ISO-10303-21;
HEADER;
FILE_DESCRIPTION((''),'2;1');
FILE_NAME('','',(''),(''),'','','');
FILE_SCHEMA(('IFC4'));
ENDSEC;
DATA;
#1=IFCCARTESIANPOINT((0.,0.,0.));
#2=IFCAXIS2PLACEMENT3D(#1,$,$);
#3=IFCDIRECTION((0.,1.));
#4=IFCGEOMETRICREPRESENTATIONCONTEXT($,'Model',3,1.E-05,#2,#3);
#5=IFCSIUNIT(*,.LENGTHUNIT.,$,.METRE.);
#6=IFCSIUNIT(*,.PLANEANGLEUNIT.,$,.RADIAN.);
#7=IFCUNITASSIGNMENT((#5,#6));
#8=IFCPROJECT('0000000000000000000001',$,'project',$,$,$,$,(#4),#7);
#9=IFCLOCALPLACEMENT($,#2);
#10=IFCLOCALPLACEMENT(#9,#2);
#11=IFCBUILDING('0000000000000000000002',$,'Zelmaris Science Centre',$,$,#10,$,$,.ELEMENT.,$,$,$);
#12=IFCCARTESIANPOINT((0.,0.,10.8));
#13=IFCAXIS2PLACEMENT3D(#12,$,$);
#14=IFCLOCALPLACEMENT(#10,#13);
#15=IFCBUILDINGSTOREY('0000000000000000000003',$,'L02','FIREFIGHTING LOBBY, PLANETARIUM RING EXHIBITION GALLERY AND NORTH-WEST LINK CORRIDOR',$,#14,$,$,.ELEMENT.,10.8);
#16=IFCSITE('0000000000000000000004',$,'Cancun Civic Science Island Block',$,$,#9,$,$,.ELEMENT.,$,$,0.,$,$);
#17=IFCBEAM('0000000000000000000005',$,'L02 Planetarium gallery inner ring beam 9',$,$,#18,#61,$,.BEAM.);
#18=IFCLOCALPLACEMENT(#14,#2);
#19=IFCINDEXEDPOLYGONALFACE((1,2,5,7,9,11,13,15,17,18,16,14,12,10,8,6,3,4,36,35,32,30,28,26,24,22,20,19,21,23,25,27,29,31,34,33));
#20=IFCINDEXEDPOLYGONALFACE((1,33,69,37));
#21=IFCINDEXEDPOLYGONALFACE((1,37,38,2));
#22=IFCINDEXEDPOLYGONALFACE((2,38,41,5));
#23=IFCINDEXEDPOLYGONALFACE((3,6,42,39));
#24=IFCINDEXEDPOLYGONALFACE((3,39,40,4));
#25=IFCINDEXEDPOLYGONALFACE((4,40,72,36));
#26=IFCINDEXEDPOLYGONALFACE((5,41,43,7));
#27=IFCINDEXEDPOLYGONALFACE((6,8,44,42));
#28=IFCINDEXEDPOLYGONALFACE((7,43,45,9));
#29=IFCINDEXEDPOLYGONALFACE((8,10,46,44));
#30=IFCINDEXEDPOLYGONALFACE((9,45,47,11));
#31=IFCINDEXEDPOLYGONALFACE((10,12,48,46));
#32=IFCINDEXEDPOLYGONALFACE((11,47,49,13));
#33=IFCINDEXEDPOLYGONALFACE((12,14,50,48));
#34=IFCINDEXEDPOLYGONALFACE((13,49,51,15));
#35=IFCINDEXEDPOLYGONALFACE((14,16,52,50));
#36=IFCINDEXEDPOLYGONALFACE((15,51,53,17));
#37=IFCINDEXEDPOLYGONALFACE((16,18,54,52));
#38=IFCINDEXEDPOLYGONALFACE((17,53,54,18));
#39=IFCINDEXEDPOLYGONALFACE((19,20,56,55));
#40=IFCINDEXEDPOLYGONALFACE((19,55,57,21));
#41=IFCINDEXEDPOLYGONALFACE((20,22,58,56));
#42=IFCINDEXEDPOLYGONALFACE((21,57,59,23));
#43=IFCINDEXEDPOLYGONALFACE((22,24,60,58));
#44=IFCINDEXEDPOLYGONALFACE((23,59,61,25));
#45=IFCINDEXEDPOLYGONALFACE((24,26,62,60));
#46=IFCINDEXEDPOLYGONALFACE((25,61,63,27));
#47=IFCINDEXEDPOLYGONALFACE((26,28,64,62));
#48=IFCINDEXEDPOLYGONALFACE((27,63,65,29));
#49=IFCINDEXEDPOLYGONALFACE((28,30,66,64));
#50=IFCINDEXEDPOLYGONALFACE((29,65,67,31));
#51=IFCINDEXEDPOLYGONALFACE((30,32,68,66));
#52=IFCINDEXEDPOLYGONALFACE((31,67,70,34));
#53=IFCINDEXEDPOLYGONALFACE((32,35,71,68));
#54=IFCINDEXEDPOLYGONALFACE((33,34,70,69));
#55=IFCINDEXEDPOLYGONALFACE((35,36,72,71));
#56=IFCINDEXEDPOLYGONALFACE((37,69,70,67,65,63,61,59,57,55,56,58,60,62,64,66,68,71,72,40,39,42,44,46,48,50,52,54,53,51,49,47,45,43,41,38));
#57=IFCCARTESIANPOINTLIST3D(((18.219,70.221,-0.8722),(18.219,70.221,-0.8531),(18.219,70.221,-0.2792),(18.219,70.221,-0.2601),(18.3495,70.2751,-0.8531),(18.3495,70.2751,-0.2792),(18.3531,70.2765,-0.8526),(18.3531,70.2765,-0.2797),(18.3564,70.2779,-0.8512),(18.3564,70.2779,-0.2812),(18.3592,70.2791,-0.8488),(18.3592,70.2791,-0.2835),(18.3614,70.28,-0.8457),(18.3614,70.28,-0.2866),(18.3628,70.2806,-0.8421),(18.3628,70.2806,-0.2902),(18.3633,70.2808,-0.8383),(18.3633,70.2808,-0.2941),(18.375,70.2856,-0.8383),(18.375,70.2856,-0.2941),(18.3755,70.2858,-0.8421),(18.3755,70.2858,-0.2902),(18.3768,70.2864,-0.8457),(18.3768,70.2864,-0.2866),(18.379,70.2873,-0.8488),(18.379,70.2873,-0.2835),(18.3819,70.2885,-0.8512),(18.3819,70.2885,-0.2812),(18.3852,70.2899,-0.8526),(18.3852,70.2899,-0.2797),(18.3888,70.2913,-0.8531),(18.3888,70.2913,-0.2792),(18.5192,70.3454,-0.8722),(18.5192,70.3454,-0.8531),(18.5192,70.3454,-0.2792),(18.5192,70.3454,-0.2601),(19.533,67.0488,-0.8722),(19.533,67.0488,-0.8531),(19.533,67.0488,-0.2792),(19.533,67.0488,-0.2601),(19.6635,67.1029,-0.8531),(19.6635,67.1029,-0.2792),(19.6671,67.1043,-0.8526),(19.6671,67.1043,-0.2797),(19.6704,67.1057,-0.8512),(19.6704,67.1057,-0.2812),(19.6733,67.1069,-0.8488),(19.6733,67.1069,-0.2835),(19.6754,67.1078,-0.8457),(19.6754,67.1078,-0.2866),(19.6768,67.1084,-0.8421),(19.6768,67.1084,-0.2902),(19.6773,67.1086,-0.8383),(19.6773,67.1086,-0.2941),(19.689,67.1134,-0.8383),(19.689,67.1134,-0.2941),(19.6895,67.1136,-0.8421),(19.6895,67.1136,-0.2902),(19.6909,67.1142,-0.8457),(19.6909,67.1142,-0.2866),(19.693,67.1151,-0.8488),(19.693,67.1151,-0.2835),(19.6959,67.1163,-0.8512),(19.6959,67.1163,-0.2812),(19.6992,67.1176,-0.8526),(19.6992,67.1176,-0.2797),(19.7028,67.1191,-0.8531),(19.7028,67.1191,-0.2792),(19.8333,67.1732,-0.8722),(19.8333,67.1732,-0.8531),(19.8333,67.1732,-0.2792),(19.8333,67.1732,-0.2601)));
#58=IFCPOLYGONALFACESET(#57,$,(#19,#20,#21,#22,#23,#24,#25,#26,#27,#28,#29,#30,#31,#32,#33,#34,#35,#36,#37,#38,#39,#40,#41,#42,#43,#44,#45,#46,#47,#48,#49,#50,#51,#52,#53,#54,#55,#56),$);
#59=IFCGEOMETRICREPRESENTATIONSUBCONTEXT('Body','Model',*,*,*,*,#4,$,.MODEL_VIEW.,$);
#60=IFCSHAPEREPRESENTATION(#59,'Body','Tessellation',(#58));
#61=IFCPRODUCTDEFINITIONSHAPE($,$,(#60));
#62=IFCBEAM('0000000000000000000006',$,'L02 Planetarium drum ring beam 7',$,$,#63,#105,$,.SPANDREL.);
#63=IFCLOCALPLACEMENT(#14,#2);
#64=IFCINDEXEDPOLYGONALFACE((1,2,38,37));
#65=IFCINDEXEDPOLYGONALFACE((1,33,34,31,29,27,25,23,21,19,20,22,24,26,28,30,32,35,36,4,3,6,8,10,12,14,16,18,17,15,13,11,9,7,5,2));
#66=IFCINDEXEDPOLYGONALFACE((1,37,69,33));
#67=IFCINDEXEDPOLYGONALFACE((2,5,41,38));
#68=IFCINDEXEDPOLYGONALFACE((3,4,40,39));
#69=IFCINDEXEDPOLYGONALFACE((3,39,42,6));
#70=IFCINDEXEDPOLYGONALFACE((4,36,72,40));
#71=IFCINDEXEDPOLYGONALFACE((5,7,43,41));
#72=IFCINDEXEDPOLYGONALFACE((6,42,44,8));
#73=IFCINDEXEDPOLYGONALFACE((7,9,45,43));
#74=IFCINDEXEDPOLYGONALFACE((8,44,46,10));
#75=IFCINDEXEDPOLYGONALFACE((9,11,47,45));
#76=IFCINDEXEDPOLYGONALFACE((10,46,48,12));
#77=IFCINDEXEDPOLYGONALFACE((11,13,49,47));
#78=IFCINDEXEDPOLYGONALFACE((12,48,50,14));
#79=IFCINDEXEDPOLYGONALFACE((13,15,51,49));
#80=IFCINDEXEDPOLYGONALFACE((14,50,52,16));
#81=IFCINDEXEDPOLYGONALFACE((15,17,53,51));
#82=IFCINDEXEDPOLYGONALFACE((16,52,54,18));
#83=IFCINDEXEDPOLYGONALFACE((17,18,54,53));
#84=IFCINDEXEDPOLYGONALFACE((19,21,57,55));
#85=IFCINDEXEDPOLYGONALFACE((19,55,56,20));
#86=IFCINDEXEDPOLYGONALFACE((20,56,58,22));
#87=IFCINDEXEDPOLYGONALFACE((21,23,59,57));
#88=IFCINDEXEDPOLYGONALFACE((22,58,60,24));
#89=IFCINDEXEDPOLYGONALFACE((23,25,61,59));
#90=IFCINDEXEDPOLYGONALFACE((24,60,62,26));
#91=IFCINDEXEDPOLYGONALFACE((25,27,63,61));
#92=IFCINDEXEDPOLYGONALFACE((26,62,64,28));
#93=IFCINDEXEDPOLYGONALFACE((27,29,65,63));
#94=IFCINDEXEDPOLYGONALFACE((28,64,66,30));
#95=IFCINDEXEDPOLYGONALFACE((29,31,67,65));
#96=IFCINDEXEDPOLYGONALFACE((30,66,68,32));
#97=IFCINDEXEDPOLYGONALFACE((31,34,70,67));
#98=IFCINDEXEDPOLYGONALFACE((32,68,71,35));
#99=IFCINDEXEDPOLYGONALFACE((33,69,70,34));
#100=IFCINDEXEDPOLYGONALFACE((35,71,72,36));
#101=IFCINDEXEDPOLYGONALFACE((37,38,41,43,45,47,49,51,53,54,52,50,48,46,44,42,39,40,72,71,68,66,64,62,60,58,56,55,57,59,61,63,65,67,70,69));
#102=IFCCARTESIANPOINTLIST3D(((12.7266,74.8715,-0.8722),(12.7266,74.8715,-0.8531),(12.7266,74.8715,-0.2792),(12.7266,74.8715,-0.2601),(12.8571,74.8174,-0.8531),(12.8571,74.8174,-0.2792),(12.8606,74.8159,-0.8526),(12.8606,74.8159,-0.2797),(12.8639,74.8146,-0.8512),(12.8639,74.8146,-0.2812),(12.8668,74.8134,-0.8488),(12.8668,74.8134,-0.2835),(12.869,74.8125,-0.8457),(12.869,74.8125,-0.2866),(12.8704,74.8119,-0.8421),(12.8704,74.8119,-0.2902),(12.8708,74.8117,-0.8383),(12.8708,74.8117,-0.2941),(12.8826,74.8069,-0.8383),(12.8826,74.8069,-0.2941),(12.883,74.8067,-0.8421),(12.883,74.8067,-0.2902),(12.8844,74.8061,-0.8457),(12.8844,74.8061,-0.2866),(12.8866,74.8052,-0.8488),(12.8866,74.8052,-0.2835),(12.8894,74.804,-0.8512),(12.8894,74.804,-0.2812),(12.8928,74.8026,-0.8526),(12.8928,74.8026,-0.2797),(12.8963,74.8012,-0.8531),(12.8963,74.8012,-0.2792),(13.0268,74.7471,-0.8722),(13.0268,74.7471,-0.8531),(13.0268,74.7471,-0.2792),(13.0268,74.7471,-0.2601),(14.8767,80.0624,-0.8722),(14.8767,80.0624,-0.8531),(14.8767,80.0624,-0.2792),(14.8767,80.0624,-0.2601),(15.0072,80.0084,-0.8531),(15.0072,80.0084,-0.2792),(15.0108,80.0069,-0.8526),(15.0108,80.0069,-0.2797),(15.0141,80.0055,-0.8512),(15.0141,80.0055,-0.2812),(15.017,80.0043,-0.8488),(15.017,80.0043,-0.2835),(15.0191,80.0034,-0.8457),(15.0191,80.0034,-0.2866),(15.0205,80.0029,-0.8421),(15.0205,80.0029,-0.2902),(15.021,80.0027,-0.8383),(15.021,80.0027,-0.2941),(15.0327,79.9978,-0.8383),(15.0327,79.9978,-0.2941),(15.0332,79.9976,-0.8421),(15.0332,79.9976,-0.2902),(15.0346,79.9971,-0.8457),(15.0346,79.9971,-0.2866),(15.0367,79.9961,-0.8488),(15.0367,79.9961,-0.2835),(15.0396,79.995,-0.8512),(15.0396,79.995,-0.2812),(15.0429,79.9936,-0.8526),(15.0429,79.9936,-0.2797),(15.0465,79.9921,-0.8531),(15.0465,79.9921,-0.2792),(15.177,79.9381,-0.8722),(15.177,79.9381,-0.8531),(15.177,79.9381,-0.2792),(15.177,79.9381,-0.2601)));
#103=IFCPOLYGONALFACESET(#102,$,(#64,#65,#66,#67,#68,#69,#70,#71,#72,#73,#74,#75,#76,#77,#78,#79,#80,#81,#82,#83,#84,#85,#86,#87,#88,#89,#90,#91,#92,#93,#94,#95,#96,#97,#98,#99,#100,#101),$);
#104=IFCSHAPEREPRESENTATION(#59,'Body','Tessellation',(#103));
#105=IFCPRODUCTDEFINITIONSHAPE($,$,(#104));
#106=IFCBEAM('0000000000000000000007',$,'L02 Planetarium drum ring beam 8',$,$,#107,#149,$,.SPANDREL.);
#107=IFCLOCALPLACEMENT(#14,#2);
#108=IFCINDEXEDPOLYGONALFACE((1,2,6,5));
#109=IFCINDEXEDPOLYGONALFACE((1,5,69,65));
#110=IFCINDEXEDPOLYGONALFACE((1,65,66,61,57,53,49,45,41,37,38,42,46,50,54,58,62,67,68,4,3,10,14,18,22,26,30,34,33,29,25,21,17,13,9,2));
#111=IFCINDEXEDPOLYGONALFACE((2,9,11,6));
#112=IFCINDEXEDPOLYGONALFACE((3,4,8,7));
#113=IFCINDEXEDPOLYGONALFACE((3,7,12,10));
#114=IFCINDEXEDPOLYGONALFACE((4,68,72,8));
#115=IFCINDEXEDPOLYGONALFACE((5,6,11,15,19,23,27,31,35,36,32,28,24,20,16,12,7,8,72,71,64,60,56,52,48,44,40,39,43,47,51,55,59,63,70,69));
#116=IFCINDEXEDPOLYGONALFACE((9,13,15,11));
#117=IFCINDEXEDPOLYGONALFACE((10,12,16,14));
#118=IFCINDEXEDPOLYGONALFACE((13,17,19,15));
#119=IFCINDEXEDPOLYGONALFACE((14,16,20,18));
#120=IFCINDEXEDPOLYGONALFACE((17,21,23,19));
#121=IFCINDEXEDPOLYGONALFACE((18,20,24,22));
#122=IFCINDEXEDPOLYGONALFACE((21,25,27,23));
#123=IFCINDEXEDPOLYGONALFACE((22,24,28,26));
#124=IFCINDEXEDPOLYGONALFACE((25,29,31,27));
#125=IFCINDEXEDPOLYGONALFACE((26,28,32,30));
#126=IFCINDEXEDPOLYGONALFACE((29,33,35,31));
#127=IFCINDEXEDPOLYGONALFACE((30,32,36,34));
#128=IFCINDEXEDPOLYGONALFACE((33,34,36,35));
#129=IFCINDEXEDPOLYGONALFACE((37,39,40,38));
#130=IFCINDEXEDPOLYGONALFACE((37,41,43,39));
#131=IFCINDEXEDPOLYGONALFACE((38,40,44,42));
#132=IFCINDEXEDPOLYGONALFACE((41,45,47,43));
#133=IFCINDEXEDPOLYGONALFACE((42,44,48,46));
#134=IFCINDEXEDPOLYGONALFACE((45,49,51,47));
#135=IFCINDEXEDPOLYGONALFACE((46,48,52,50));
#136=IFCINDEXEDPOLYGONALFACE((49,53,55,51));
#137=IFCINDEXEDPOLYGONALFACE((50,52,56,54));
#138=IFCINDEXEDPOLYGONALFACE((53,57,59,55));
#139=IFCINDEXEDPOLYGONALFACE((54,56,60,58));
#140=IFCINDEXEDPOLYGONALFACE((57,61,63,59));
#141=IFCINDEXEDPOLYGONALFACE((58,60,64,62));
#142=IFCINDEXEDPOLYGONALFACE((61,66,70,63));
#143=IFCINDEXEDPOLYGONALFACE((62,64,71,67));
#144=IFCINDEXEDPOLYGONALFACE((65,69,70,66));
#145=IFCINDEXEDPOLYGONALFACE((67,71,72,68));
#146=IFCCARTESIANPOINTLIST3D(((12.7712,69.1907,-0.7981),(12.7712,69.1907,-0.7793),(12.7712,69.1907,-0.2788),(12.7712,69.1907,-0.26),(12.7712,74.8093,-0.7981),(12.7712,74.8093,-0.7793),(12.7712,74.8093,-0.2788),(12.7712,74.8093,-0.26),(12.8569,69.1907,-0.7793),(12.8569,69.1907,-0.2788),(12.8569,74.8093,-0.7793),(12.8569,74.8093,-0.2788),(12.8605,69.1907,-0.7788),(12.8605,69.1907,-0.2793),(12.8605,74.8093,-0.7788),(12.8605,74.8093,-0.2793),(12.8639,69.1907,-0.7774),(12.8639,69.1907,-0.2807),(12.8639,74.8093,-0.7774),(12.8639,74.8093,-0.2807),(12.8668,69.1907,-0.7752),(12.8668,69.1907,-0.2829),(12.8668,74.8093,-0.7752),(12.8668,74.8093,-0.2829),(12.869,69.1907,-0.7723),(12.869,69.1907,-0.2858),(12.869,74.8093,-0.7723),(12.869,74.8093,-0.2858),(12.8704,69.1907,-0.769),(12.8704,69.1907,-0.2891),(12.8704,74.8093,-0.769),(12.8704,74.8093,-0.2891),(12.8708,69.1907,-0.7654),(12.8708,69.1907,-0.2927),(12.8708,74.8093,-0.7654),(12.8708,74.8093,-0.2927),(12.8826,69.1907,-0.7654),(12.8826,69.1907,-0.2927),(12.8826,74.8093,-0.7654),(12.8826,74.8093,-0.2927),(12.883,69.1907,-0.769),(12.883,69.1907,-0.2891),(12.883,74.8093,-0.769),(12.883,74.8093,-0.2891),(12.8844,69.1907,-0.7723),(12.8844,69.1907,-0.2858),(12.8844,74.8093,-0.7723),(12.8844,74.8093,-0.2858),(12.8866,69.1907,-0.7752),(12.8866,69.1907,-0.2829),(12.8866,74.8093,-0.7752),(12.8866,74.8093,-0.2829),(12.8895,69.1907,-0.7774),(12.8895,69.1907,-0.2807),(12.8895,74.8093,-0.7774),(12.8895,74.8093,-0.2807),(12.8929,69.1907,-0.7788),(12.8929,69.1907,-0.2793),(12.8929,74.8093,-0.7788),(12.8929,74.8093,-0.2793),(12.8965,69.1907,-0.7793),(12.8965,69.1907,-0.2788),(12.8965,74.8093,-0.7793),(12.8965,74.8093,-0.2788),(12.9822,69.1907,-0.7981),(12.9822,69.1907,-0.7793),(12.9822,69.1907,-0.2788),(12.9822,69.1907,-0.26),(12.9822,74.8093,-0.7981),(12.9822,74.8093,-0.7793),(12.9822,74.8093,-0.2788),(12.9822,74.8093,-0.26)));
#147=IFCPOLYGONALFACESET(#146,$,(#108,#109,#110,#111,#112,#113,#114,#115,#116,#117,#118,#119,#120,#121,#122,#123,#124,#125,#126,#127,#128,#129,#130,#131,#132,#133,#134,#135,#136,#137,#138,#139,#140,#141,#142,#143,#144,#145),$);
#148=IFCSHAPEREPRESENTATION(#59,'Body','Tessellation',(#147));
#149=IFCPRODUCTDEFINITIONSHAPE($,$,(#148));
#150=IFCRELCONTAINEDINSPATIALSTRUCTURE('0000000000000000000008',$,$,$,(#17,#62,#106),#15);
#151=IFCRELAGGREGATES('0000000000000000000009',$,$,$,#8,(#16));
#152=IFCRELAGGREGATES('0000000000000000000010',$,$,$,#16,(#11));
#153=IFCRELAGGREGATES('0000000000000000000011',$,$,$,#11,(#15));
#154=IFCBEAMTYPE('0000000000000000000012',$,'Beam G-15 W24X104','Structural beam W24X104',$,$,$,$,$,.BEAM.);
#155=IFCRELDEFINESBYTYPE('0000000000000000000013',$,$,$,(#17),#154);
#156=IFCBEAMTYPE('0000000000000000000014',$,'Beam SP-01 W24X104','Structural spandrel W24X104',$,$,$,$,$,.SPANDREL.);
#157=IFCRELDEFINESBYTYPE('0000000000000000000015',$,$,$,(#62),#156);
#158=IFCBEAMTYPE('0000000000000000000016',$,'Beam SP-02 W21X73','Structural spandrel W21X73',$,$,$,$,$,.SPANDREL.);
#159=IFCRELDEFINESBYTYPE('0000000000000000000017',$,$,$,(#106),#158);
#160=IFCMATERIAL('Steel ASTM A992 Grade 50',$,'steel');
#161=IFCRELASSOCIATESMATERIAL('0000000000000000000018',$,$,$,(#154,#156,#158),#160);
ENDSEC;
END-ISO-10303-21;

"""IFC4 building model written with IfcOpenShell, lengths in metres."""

from ifc_helpers import new_model, si_unit, direction, frame, origin, origin_2d, place, context, subcontext, project, spatial, i_section, extrude, material, material_profile, profile_set, type_object, element, save


model = new_model("IFC4")

# Units and contexts
model_context = context("Model", 3, precision=1e-05, world=origin(), true_north=direction((0.0, 1.0)))
body_context = subcontext(model_context, "Body", "Model", "MODEL_VIEW")
ifc_project = project(units=[si_unit("LENGTHUNIT", "METRE"), si_unit("PLANEANGLEUNIT", "RADIAN")], contexts=[model_context])

# Site, building, storey
site_placement = place(None, origin())
site = spatial("IfcSite", under=ifc_project, at=site_placement, Name="Cancun Civic Science Island Block", CompositionType="ELEMENT", RefElevation=0.0)
building_placement = place(site_placement, origin())
building = spatial("IfcBuilding", under=site, at=building_placement, Name="Zelmaris Science Centre", CompositionType="ELEMENT")
storey_placement = place(building_placement, frame((0.0, 0.0, 10.8)))
storey = spatial("IfcBuildingStorey", under=building, at=storey_placement, Name="L02", Description="FIREFIGHTING LOBBY, PLANETARIUM RING EXHIBITION GALLERY AND NORTH-WEST LINK CORRIDOR", CompositionType="ELEMENT", Elevation=10.8)

# Beams
ifc_material_1 = material(Name="Steel ASTM A992 Grade 50", Category="steel")
ifc_material_profile_1 = material_profile(ifc_material_1, i_section(OverallWidth=0.325, OverallDepth=0.6121, WebThickness=0.0127, FlangeThickness=0.019, FilletRadius=0.0149, at=origin_2d()), Name="W24X104")
ifc_profile_set_1 = profile_set([ifc_material_profile_1], Name="Steel ASTM A992 Grade 50")
beam_type_1 = type_object("IfcBeamType", Name="Beam G-15 W24X104", Description="Structural beam W24X104", PredefinedType="BEAM", material=ifc_profile_set_1)
for number, where, z_axis, x_axis, name in (
    (1, (18.3691, 70.2832, -0.5662), (0.382691, -0.923876, 0.0), (0.923876, 0.382691, 0.0), "L02 Planetarium gallery inner ring beam 9"),
):
    element("IfcBeam", number, at=place(storey_placement, frame(where, z_axis=z_axis, x_axis=x_axis)), inside=storey, type_object=beam_type_1, Name=name, PredefinedType="BEAM", context=body_context, shape_type="SweptSolid", body=[
        extrude(i_section(OverallWidth=0.325, OverallDepth=0.6121, WebThickness=0.0127, FlangeThickness=0.019, FilletRadius=0.0149, at=origin_2d()), origin(), (0.0, 0.0, 1.0), 3.4336),
    ])
ifc_material_profile_2 = material_profile(ifc_material_1, i_section(OverallWidth=0.325, OverallDepth=0.6121, WebThickness=0.0127, FlangeThickness=0.019, FilletRadius=0.0149, at=origin_2d()), Name="W24X104")
ifc_profile_set_2 = profile_set([ifc_material_profile_2], Name="Steel ASTM A992 Grade 50")
beam_type_2 = type_object("IfcBeamType", Name="Beam SP-01 W24X104", Description="Structural spandrel W24X104", PredefinedType="SPANDREL", material=ifc_profile_set_2)
beam_1_placement = place(storey_placement, frame((15.0269, 80.0002, -0.5662), z_axis=(-0.382683, -0.92388, 0.0), x_axis=(0.92388, -0.382683, 0.0)))
element("IfcBeam", 2, at=beam_1_placement, inside=storey, type_object=beam_type_2, Name="L02 Planetarium drum ring beam 7", PredefinedType="SPANDREL", context=body_context, shape_type="SweptSolid", body=[
    extrude(i_section(OverallWidth=0.325, OverallDepth=0.6121, WebThickness=0.0127, FlangeThickness=0.019, FilletRadius=0.0149, at=origin_2d()), origin(), (0.0, 0.0, 1.0), 5.6187),
])
ifc_material_profile_3 = material_profile(ifc_material_1, i_section(OverallWidth=0.2109, OverallDepth=0.5381, WebThickness=0.0117, FlangeThickness=0.0188, FilletRadius=0.0139, at=origin_2d()), Name="W21X73")
ifc_profile_set_3 = profile_set([ifc_material_profile_3], Name="Steel ASTM A992 Grade 50")
beam_type_3 = type_object("IfcBeamType", Name="Beam SP-02 W21X73", Description="Structural spandrel W21X73", PredefinedType="SPANDREL", material=ifc_profile_set_3)
beam_2_placement = place(storey_placement, frame((12.8767, 74.8093, -0.5291), z_axis=(0.0, -1.0, 0.0), x_axis=(1.0, 0.0, 0.0)))
element("IfcBeam", 3, at=beam_2_placement, inside=storey, type_object=beam_type_3, Name="L02 Planetarium drum ring beam 8", PredefinedType="SPANDREL", context=body_context, shape_type="SweptSolid", body=[
    extrude(i_section(OverallWidth=0.2109, OverallDepth=0.5381, WebThickness=0.0117, FlangeThickness=0.0188, FilletRadius=0.0139, at=origin_2d()), origin(), (0.0, 0.0, 1.0), 5.6187),
])

save(model, "model.ifc")
